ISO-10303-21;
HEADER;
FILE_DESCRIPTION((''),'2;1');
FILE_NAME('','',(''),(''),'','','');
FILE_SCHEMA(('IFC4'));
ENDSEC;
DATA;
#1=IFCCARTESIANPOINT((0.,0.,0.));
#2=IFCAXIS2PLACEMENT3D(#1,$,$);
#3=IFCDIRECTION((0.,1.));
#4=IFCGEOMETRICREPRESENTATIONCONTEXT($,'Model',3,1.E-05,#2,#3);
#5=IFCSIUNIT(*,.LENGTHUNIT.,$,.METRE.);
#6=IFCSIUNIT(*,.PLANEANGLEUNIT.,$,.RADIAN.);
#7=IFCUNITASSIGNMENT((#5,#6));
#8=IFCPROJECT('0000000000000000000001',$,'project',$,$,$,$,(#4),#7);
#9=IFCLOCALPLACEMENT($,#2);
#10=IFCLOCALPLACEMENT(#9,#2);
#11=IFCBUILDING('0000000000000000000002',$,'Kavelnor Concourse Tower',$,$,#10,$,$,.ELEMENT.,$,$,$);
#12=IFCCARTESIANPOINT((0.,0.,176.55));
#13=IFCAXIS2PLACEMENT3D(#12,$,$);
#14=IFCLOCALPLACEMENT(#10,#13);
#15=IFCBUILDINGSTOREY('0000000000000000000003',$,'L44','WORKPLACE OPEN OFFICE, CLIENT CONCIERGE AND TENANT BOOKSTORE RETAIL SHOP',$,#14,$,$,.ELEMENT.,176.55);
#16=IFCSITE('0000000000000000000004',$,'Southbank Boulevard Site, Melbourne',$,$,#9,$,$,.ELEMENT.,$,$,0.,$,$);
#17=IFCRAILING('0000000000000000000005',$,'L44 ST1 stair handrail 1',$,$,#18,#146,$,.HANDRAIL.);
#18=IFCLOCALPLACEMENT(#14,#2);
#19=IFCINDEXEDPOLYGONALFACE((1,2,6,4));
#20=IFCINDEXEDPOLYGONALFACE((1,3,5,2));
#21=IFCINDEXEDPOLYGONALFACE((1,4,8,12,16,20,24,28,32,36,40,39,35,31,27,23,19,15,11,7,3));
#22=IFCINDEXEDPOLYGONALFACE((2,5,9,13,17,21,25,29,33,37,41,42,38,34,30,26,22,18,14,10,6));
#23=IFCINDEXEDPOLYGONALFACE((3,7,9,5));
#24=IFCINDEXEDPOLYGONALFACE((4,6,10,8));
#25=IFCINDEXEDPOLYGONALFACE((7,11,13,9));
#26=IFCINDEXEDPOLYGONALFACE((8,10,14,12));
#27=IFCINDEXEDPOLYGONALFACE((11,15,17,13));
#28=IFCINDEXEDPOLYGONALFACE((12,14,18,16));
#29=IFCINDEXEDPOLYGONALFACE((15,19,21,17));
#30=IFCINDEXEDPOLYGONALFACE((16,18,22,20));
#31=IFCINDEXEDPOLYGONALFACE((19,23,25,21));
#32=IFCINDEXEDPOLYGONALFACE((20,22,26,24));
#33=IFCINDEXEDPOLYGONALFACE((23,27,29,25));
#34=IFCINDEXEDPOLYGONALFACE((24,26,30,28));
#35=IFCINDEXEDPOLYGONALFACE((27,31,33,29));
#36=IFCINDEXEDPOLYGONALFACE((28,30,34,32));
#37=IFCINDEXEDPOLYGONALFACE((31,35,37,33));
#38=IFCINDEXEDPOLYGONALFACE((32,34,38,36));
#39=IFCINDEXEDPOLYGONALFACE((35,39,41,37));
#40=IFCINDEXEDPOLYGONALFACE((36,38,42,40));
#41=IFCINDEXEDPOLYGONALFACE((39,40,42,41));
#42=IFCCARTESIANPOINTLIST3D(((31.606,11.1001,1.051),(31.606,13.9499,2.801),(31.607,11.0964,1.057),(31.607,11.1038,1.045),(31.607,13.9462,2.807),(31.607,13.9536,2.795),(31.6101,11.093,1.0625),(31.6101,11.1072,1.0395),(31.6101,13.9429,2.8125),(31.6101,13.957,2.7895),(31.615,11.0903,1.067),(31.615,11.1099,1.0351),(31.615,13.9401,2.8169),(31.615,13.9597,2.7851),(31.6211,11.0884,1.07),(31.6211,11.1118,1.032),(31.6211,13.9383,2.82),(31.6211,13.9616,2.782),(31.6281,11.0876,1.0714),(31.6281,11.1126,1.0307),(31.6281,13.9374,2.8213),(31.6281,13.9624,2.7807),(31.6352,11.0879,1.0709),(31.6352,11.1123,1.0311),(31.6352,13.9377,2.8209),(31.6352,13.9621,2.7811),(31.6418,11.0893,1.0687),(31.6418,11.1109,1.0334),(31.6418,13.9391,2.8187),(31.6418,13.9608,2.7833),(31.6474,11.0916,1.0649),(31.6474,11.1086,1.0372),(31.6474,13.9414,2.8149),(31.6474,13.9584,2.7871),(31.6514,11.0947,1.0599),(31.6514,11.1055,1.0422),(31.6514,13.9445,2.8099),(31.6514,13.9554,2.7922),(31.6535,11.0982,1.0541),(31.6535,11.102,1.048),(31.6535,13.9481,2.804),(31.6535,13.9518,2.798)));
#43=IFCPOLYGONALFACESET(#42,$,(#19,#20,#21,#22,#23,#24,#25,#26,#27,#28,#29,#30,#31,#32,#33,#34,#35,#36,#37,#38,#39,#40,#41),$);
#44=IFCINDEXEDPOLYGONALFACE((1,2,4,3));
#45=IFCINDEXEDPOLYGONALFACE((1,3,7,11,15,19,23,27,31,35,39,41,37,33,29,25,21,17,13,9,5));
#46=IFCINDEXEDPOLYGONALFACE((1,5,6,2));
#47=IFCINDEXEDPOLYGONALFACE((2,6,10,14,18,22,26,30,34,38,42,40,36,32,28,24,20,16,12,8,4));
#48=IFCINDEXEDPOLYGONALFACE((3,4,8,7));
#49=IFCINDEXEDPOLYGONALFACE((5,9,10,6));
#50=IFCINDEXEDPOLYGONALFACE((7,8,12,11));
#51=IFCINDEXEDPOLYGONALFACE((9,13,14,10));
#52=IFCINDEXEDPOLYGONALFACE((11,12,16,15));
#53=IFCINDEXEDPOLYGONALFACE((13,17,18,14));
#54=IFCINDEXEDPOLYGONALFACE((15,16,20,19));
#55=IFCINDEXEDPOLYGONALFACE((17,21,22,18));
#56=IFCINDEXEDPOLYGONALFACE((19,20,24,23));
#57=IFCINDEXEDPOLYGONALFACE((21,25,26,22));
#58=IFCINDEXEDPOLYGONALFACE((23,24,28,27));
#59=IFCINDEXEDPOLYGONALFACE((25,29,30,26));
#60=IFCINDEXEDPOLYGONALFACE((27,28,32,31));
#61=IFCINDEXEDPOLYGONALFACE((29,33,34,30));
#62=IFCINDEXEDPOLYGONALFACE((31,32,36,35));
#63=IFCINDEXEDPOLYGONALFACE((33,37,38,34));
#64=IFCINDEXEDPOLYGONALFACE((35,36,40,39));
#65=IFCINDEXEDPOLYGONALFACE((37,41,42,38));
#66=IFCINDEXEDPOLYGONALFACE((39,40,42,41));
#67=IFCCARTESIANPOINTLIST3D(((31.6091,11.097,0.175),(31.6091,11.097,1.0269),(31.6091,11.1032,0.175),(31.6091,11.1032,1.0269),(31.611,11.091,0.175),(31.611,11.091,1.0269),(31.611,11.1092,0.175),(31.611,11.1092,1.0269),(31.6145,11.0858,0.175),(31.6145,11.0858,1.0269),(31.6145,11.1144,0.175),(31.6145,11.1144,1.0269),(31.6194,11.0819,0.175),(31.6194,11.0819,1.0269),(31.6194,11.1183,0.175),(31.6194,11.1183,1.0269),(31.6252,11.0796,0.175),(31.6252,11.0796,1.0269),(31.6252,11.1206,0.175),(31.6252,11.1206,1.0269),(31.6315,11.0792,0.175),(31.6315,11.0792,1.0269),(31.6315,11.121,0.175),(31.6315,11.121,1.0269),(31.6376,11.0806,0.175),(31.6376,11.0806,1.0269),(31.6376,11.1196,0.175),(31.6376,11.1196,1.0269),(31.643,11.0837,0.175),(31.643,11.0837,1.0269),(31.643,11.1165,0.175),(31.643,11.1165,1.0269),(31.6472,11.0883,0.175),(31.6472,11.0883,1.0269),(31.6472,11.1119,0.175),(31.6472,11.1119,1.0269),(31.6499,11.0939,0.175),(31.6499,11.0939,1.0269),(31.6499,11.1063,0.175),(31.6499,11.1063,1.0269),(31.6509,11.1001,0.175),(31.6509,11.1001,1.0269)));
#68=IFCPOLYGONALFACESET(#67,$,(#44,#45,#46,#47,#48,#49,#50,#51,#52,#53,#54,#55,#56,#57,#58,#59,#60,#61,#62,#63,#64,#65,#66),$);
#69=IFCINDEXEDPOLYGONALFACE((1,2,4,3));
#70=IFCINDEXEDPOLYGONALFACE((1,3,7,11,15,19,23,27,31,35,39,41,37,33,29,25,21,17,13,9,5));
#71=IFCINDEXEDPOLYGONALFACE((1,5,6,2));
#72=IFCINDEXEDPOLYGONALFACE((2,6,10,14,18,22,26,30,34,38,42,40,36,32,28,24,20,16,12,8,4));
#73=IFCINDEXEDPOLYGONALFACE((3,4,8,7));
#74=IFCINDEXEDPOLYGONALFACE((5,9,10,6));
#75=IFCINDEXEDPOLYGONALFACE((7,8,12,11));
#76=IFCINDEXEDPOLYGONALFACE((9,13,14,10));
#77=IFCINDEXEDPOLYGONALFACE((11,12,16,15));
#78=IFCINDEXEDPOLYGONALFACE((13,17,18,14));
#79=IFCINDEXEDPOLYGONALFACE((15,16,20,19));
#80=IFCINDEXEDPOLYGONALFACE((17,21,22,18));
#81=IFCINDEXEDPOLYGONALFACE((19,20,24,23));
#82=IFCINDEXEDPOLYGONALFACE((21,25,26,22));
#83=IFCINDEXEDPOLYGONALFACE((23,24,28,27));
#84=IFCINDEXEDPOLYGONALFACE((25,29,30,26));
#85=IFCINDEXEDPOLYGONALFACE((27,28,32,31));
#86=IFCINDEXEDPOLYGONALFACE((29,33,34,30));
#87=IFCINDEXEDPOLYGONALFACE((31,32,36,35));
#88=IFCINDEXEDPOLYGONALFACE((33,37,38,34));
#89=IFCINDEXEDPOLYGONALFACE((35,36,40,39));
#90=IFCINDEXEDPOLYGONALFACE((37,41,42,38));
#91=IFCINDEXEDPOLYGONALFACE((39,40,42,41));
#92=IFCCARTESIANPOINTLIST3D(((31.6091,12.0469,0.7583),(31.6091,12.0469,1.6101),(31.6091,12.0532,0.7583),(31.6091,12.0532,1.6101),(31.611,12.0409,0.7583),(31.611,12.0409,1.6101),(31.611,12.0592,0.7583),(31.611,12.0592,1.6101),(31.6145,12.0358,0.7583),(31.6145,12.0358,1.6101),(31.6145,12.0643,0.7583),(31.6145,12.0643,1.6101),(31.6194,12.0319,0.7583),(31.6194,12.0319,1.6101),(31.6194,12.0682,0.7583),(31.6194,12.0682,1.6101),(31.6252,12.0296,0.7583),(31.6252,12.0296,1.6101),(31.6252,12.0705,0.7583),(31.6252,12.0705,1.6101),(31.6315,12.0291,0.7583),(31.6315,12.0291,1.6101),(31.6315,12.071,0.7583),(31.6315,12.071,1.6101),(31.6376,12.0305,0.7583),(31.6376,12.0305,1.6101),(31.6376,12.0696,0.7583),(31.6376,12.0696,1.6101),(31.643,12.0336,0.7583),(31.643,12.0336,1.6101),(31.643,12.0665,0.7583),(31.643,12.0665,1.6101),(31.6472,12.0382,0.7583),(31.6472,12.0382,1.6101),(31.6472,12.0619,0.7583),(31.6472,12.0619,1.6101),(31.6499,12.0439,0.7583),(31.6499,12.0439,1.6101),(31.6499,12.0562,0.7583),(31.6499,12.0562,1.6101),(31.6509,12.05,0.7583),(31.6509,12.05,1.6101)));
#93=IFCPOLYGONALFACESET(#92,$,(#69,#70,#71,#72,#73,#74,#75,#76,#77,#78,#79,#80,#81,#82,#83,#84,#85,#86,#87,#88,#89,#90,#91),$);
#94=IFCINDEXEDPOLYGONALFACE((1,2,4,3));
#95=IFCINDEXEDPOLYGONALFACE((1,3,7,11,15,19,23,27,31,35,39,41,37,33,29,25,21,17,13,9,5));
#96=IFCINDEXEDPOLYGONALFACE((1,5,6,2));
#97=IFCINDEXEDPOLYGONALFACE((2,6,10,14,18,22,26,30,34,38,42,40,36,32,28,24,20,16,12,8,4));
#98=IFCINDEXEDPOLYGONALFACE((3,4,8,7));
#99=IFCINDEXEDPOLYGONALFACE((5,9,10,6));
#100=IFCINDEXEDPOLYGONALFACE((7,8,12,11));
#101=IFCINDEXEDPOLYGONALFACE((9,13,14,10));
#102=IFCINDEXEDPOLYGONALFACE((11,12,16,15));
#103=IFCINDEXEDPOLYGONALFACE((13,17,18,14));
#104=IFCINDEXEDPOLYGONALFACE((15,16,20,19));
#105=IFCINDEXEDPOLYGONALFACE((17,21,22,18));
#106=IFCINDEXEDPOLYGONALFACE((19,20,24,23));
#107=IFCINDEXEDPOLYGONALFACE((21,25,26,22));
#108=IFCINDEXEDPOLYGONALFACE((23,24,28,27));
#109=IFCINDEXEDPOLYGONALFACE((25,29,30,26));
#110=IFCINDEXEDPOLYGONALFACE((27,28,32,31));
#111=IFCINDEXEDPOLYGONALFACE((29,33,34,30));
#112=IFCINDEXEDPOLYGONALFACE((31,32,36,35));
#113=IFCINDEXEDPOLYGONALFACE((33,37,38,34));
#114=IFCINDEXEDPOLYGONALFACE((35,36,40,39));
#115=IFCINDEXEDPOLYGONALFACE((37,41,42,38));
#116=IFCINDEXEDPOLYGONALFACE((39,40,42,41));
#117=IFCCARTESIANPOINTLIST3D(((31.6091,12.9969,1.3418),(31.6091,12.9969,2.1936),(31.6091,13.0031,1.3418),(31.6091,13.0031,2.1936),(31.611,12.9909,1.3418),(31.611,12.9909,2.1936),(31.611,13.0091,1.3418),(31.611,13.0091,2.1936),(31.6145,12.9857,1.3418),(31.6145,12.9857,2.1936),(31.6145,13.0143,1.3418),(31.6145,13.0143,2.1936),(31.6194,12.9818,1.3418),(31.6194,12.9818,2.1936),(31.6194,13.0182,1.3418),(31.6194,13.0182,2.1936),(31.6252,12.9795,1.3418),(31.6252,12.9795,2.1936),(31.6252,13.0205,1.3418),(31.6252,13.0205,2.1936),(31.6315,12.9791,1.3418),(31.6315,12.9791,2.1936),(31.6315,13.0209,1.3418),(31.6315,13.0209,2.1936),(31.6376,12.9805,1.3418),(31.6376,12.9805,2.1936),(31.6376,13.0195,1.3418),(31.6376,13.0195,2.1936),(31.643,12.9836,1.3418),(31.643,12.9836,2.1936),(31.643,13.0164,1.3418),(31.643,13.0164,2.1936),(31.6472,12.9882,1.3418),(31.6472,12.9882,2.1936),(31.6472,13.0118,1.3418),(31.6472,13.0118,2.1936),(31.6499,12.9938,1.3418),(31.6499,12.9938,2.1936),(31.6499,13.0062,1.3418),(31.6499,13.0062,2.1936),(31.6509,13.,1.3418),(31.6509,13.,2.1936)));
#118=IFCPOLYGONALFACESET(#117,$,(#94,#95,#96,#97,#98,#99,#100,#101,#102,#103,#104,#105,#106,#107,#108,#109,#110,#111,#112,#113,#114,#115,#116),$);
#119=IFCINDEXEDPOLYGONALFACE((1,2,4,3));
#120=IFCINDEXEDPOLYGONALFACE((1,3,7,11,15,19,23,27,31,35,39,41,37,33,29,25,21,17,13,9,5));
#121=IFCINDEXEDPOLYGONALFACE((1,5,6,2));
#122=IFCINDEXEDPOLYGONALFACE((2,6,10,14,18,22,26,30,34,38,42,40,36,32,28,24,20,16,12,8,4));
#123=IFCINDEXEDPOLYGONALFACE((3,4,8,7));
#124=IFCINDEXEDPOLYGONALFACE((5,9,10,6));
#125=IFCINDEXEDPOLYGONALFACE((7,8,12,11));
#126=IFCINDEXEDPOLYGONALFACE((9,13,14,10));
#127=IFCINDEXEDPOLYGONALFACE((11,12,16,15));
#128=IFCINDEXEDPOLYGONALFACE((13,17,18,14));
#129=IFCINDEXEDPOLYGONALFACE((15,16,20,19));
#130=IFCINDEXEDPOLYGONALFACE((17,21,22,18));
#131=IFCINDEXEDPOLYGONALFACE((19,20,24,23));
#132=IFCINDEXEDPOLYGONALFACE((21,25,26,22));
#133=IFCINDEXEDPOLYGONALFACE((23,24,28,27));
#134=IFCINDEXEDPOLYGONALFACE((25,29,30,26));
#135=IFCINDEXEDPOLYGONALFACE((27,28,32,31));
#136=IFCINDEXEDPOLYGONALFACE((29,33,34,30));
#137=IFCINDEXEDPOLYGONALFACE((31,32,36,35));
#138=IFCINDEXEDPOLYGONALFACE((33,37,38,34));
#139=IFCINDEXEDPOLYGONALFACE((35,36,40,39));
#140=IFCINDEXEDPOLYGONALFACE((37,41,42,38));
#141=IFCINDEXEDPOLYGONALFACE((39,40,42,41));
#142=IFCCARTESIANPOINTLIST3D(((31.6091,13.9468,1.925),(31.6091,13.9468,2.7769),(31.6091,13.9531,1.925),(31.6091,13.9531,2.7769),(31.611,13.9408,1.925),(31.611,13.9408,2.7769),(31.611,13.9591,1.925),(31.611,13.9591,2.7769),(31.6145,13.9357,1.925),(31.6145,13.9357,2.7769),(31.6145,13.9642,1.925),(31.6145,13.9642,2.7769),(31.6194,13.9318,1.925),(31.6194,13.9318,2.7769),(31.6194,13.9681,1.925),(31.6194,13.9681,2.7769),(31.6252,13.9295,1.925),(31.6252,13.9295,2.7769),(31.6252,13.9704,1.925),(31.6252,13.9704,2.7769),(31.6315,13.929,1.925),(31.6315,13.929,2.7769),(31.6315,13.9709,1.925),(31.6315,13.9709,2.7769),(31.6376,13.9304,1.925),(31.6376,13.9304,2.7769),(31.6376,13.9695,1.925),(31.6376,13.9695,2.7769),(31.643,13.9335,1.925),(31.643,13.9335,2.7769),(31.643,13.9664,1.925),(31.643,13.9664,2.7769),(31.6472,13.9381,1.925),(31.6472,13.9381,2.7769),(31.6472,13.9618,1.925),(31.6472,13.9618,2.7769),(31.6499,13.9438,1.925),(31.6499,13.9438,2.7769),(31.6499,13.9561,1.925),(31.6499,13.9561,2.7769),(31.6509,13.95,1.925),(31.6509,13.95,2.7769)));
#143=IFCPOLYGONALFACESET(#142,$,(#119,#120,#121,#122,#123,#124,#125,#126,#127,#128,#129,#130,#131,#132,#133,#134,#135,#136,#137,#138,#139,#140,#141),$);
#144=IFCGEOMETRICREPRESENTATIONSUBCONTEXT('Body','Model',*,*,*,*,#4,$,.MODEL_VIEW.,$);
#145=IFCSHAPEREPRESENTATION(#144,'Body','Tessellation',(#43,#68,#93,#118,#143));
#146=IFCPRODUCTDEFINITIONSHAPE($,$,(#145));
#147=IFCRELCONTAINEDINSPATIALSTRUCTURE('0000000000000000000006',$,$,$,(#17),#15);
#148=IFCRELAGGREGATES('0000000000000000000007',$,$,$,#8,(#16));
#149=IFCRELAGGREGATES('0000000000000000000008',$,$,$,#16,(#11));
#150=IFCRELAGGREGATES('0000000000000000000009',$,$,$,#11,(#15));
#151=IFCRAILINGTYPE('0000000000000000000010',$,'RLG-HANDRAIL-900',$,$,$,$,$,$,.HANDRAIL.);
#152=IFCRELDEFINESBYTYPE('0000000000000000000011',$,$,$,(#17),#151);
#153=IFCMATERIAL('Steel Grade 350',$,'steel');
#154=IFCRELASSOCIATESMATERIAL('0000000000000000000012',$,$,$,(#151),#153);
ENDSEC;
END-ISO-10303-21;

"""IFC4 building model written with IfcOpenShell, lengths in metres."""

from ifc_helpers import new_model, si_unit, direction, frame, origin, origin_2d, place, context, subcontext, project, spatial, circle, extrude, material, type_object, element, save


model = new_model("IFC4")

# Units and contexts
model_context = context("Model", 3, precision=1e-05, world=origin(), true_north=direction((0.0, 1.0)))
body_context = subcontext(model_context, "Body", "Model", "MODEL_VIEW")
ifc_project = project(units=[si_unit("LENGTHUNIT", "METRE"), si_unit("PLANEANGLEUNIT", "RADIAN")], contexts=[model_context])

# Site, building, storey
site_placement = place(None, origin())
site = spatial("IfcSite", under=ifc_project, at=site_placement, Name="Southbank Boulevard Site, Melbourne", CompositionType="ELEMENT", RefElevation=0.0)
building_placement = place(site_placement, origin())
building = spatial("IfcBuilding", under=site, at=building_placement, Name="Kavelnor Concourse Tower", CompositionType="ELEMENT")
storey_placement = place(building_placement, frame((0.0, 0.0, 176.55)))
storey = spatial("IfcBuildingStorey", under=building, at=storey_placement, Name="L44", Description="WORKPLACE OPEN OFFICE, CLIENT CONCIERGE AND TENANT BOOKSTORE RETAIL SHOP", CompositionType="ELEMENT", Elevation=176.55)

# Shared definitions
ifc_material_1 = material(Name="Steel Grade 350", Category="steel")

# Railing
railing_type_1 = type_object("IfcRailingType", Name="RLG-HANDRAIL-900", PredefinedType="HANDRAIL", material=ifc_material_1)
railing_1_placement = place(storey_placement, frame((31.6299, 11.1001, 0.175)))
element("IfcRailing", 1, at=railing_1_placement, inside=storey, type_object=railing_type_1, Name="L44 ST1 stair handrail 1", PredefinedType="HANDRAIL", context=body_context, shape_type="SweptSolid", body=[
    extrude(circle(Radius=0.0239, at=origin_2d()), frame((0.0, 0.0, 0.876), z_axis=(0.0, 0.852159, 0.523283), x_axis=(-1.0, 0.0, 0.0)), (0.0, 0.0, 1.0), 3.3442),
    extrude(circle(Radius=0.021, at=origin_2d()), origin(), (0.0, 0.0, 1.0), 0.8518),
    extrude(circle(Radius=0.021, at=origin_2d()), frame((0.0, 0.95, 0.5833)), (0.0, 0.0, 1.0), 0.8518),
    extrude(circle(Radius=0.021, at=origin_2d()), frame((0.0, 1.8999, 1.1667)), (0.0, 0.0, 1.0), 0.8518),
    extrude(circle(Radius=0.021, at=origin_2d()), frame((0.0, 2.8499, 1.75)), (0.0, 0.0, 1.0), 0.8518),
])

save(model, "model.ifc")
